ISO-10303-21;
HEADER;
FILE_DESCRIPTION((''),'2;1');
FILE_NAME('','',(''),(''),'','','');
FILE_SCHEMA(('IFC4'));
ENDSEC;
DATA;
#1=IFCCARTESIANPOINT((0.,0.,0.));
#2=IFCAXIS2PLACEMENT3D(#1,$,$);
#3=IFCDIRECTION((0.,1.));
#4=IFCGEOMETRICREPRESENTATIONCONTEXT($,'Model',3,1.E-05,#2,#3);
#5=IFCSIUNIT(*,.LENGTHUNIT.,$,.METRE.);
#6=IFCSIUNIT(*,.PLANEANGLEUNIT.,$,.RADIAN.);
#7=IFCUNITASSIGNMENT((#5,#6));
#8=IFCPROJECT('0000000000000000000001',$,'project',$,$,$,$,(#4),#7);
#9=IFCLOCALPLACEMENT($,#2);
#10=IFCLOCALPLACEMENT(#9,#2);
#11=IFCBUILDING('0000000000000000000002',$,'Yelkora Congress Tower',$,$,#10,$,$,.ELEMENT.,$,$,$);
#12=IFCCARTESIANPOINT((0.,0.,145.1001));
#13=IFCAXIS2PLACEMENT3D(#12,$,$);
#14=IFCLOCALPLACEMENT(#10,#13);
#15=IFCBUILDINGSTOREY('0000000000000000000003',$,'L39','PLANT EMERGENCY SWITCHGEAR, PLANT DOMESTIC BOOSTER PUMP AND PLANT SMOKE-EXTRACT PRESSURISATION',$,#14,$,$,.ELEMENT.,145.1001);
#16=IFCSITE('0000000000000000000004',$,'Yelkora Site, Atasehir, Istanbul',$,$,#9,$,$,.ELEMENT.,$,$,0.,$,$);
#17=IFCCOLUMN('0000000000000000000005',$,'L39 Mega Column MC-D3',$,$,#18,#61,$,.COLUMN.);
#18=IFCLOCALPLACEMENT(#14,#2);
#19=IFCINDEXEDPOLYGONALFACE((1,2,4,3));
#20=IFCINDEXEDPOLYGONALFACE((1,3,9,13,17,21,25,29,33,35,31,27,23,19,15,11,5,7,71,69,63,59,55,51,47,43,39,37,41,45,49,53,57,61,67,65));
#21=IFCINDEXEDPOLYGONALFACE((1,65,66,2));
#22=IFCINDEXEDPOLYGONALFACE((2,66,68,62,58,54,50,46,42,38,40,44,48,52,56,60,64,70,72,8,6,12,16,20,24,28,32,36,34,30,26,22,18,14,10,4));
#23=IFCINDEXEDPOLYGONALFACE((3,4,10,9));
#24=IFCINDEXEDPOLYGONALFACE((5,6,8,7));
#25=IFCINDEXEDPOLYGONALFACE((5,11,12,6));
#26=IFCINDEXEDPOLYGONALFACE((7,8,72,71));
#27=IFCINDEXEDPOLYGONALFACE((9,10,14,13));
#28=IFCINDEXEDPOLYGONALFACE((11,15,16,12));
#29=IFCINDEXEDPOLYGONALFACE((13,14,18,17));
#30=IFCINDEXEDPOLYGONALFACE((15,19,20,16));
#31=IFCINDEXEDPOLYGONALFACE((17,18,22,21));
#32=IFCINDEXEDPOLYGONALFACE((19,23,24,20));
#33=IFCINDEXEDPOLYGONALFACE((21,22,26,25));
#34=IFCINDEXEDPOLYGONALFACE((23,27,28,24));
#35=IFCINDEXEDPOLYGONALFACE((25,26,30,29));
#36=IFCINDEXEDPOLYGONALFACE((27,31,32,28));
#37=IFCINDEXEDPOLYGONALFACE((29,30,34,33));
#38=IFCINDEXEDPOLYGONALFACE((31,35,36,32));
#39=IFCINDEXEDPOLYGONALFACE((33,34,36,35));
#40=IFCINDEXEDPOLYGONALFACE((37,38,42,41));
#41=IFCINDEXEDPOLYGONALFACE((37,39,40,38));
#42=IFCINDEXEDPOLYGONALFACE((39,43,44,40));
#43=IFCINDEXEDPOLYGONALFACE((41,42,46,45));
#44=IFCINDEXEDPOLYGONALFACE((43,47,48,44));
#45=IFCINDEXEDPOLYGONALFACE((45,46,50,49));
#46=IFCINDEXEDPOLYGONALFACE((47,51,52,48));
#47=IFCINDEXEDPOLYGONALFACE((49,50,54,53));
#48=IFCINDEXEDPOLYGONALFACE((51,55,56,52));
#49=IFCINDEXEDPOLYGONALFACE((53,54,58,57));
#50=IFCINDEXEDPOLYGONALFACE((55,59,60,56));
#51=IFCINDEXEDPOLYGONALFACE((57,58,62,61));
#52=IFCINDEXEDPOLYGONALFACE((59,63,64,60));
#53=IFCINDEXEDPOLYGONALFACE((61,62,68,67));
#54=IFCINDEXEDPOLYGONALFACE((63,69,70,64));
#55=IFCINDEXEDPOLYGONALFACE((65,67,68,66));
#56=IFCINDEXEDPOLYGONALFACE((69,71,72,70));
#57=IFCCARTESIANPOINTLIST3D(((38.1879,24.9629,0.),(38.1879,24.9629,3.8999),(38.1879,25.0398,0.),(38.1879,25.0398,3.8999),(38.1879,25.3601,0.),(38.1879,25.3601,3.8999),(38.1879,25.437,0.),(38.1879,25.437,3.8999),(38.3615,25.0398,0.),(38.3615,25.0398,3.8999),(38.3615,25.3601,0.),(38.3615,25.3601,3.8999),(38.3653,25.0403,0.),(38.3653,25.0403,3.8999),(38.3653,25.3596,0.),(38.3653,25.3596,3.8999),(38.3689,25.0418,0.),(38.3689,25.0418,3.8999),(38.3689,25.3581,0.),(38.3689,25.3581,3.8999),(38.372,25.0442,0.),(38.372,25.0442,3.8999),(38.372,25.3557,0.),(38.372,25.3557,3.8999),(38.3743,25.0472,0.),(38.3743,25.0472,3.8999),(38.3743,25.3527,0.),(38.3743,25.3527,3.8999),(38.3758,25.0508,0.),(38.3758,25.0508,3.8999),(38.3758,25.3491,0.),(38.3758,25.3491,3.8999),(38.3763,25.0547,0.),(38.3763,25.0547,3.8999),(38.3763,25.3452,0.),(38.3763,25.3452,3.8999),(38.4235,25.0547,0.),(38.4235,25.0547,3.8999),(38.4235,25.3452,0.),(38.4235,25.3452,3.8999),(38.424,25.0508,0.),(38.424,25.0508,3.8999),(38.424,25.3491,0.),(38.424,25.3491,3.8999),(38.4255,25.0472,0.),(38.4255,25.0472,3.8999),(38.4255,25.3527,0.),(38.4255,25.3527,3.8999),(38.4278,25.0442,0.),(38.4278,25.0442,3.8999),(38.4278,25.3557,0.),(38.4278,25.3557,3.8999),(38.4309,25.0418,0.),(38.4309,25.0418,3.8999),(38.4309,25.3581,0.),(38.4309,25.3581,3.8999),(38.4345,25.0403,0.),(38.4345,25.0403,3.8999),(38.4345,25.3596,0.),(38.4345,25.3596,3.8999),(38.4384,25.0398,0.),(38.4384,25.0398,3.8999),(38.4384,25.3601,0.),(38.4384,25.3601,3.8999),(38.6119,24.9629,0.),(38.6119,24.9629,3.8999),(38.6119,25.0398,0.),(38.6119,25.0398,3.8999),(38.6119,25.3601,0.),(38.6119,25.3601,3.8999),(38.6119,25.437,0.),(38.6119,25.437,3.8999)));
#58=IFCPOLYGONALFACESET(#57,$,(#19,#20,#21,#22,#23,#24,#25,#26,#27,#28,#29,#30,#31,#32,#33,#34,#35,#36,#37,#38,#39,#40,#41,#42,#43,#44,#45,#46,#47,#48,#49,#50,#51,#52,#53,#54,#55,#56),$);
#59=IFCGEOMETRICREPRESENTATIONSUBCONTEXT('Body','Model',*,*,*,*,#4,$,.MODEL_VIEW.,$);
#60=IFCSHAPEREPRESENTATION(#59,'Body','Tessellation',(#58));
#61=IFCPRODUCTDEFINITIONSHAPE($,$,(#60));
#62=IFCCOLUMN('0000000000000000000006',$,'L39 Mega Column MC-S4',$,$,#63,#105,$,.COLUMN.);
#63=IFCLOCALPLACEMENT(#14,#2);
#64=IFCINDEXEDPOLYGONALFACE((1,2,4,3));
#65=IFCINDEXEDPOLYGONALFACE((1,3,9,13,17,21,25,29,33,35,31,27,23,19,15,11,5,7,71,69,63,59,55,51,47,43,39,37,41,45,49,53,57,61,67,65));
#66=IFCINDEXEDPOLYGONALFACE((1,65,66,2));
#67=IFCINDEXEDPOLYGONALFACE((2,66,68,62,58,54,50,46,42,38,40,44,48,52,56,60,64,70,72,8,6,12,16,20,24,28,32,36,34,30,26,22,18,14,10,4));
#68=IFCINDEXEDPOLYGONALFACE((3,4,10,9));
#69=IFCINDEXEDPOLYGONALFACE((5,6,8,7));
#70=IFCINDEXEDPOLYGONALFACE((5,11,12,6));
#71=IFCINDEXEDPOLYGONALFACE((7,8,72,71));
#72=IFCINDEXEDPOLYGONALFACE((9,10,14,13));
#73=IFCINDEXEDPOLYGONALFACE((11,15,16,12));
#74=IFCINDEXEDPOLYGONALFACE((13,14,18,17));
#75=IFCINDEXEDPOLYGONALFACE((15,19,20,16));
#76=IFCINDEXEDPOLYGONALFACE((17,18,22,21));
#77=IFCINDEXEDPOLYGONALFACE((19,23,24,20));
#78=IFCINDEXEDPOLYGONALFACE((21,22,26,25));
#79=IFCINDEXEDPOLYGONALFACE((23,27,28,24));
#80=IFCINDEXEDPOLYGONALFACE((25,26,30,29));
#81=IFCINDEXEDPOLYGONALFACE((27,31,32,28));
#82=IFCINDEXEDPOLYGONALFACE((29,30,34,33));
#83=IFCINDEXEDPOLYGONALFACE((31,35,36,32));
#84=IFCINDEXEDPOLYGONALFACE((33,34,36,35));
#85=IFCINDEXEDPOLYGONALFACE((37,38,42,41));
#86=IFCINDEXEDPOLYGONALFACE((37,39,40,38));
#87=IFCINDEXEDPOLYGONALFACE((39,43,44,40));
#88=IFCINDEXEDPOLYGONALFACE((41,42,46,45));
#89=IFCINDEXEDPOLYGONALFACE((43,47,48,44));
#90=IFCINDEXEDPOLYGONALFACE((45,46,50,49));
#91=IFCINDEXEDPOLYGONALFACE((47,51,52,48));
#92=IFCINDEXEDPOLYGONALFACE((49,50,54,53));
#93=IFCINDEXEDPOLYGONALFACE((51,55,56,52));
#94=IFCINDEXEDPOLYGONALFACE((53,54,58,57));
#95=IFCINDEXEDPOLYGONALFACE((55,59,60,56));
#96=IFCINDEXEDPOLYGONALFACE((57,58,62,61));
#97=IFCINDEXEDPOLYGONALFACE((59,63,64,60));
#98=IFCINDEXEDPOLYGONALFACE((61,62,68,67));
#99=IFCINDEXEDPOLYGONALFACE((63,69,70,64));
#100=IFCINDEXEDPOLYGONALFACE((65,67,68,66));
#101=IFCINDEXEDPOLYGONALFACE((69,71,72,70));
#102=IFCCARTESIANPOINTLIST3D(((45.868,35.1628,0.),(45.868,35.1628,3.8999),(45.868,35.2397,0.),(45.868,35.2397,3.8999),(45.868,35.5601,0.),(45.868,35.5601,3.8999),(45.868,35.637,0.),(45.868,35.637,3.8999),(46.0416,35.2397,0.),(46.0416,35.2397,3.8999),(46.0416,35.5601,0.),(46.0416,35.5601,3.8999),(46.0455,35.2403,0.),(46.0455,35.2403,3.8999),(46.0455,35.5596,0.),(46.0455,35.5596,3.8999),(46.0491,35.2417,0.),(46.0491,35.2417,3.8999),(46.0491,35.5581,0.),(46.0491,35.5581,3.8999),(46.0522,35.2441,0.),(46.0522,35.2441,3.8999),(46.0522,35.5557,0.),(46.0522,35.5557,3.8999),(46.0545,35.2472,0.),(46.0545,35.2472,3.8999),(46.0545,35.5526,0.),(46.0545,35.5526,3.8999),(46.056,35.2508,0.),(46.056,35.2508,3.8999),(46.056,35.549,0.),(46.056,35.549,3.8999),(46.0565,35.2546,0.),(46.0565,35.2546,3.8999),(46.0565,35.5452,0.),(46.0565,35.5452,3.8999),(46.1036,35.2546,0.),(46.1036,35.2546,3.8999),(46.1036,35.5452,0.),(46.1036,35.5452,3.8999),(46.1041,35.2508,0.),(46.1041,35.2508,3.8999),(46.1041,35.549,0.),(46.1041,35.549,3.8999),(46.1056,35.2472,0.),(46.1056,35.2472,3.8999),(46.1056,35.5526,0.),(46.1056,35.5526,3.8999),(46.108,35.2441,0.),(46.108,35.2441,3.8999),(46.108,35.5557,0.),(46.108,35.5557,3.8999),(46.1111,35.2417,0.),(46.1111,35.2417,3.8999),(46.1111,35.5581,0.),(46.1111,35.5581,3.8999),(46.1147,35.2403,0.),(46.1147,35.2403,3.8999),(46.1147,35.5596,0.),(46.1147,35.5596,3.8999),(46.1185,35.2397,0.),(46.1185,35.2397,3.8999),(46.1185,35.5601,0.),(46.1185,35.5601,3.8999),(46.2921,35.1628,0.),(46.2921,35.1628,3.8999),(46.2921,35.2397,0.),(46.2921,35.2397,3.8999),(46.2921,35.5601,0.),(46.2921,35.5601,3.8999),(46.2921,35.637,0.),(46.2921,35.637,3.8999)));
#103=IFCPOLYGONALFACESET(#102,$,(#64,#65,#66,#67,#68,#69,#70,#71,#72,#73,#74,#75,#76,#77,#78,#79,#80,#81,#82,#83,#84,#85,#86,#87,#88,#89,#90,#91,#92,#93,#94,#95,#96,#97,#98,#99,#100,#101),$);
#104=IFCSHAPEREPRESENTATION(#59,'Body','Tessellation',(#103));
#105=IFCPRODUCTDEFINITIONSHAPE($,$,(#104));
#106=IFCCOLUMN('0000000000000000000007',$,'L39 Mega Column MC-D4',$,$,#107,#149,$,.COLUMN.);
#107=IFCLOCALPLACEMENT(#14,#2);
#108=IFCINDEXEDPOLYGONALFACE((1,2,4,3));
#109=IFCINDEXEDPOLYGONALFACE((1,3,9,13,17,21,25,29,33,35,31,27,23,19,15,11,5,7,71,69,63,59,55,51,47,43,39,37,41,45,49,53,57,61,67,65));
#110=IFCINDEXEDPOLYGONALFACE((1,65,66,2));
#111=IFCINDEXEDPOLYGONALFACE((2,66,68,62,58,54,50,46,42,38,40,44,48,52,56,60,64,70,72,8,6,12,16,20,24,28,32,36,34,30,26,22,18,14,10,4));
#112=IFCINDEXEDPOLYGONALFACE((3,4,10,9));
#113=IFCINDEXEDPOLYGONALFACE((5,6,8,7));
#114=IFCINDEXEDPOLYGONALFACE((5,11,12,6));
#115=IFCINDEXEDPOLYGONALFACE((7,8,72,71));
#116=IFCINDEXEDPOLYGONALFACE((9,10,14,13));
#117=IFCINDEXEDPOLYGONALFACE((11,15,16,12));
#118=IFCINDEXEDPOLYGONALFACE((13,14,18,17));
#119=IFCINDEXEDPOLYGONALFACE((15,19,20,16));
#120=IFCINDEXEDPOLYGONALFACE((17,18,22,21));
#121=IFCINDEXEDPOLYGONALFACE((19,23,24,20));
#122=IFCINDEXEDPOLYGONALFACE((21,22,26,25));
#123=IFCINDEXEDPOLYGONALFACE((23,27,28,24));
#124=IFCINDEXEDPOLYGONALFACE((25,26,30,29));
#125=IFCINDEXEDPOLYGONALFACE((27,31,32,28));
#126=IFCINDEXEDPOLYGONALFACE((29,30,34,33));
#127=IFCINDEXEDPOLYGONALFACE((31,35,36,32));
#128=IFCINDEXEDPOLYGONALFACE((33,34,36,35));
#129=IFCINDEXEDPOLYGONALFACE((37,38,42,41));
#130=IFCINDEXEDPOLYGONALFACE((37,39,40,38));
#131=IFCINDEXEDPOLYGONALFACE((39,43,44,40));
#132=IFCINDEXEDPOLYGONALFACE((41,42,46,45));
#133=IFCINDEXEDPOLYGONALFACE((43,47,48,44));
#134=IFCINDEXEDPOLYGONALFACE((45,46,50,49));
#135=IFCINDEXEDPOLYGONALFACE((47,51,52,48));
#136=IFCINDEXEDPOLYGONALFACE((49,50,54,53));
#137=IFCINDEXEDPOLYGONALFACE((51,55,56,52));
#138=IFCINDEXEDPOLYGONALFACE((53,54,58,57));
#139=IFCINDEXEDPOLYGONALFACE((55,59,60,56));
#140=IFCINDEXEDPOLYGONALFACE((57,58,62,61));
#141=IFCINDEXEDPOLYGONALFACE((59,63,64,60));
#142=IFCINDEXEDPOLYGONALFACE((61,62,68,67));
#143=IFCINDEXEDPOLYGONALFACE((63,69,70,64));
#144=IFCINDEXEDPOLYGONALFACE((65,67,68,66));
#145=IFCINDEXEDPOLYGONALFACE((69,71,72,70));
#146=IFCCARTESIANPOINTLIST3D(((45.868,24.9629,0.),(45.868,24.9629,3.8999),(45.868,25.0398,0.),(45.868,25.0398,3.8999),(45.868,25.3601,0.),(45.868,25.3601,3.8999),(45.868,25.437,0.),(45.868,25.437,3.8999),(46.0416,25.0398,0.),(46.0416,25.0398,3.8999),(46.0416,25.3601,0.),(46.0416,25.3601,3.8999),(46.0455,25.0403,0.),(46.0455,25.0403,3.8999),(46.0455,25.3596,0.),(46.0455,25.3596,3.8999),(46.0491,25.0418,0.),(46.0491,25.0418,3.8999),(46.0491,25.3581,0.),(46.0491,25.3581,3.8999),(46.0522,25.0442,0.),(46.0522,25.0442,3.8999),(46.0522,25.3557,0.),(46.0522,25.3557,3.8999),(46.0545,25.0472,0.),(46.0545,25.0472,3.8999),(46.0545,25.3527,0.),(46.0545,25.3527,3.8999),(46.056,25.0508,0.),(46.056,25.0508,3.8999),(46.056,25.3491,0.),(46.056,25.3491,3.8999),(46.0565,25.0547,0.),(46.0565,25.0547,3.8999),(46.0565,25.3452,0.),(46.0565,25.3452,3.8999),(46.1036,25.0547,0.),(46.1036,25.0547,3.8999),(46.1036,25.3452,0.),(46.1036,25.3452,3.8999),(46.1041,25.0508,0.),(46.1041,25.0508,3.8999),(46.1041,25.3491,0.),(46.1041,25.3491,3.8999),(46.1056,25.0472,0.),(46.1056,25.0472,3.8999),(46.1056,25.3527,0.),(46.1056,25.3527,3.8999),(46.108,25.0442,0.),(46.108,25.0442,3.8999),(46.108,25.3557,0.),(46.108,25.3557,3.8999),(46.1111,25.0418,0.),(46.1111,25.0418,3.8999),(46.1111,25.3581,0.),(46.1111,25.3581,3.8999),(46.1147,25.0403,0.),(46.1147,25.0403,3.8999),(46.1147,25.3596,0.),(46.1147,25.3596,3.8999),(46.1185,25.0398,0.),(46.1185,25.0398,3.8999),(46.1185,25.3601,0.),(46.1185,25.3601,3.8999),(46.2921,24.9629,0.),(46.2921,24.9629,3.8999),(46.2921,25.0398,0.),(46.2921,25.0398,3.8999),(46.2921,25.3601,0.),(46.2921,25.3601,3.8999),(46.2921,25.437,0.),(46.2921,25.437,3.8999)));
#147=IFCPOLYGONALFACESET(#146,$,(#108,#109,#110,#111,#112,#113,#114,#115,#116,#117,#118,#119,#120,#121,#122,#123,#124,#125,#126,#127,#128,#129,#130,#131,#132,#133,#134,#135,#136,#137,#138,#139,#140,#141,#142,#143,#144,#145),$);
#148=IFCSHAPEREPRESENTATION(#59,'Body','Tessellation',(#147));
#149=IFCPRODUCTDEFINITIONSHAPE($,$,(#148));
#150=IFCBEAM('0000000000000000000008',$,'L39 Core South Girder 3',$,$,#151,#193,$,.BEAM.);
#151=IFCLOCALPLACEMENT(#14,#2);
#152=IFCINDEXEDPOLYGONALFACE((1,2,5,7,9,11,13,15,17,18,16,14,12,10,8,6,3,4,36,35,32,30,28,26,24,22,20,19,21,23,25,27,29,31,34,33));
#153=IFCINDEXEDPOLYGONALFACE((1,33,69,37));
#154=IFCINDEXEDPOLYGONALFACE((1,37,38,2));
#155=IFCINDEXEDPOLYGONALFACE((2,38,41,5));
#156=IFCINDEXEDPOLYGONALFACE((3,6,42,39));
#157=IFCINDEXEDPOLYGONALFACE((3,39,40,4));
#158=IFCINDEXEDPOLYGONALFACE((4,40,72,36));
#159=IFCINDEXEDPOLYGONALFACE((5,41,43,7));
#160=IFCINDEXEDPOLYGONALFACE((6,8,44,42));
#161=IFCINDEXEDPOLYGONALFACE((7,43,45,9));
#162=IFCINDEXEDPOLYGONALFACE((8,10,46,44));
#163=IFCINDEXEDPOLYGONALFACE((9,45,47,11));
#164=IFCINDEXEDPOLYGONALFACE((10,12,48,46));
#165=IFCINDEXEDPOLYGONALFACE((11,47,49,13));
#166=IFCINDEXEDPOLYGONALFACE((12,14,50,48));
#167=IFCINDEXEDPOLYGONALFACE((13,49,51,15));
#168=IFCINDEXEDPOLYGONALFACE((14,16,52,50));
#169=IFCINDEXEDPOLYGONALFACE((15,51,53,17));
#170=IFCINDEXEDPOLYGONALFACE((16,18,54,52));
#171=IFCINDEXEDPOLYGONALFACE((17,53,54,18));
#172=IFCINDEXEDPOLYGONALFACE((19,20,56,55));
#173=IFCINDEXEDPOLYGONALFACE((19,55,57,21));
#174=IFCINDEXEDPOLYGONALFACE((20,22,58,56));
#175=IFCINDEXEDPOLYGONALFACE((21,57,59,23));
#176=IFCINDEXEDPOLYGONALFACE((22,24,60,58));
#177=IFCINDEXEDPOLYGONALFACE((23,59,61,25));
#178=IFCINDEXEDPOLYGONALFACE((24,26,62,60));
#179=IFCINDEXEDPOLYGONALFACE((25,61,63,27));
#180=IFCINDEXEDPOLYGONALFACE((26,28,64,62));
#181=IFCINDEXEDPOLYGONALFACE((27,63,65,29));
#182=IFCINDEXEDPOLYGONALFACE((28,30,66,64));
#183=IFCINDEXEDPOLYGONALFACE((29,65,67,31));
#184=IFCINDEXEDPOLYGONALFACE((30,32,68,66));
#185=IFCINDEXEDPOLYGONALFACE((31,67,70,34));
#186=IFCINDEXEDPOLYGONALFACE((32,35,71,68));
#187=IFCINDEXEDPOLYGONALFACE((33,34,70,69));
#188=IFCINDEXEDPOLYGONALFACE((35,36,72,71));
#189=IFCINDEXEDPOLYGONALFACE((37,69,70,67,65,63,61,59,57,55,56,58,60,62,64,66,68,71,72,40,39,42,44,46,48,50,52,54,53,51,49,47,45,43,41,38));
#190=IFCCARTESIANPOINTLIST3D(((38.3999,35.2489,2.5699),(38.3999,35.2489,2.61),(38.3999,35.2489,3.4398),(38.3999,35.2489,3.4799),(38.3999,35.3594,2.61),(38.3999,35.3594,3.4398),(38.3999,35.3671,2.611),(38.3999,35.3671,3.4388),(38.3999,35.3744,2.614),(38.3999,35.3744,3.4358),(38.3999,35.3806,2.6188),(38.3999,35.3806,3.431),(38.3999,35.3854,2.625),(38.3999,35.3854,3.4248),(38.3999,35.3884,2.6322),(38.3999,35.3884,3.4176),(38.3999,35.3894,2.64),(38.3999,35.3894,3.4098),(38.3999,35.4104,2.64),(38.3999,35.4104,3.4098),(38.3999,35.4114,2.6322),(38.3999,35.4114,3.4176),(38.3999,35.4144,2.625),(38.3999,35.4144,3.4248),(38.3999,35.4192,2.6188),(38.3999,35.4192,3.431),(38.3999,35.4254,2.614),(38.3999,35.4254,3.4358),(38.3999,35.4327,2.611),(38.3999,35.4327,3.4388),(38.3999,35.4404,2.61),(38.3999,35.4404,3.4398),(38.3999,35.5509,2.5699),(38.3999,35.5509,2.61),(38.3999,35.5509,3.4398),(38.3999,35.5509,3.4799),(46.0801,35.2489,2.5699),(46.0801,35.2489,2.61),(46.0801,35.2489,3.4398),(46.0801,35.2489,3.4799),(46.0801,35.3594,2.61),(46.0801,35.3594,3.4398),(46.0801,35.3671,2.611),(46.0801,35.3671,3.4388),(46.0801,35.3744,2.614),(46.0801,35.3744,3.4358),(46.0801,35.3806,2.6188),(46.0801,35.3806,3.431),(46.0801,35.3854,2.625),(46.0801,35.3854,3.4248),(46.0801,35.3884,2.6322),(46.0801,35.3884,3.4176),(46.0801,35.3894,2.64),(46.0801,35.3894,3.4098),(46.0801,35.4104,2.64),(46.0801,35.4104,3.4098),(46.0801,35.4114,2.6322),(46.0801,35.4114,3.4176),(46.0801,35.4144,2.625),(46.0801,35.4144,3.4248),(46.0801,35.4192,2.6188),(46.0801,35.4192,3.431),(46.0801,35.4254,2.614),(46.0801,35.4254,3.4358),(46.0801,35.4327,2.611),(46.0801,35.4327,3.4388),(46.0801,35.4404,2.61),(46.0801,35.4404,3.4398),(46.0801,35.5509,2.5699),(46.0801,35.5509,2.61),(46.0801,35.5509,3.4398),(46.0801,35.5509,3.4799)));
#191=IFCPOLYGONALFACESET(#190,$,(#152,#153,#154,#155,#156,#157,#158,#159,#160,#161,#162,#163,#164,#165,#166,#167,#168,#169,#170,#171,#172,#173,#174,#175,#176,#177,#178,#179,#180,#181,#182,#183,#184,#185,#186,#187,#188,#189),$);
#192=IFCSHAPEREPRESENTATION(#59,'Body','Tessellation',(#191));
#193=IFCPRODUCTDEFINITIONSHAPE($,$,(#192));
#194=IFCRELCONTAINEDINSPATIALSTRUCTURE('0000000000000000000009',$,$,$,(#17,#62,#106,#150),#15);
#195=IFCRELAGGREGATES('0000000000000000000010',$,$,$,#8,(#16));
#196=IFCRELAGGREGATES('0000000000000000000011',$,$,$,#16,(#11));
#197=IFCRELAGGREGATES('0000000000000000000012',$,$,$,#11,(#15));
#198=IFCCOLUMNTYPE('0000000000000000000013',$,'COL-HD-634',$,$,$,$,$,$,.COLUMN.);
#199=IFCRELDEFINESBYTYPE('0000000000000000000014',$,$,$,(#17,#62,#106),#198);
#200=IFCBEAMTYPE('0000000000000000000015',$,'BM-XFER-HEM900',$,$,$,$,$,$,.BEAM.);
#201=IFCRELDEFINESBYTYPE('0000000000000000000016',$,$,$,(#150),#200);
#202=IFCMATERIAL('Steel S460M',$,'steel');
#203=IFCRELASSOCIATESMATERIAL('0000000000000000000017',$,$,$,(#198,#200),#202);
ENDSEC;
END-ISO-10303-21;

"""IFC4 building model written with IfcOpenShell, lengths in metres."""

from ifc_helpers import new_model, si_unit, direction, frame, origin, origin_2d, place, context, subcontext, project, spatial, i_section, extrude, material, material_profile, profile_set, type_object, element, save


model = new_model("IFC4")

# Units and contexts
model_context = context("Model", 3, precision=1e-05, world=origin(), true_north=direction((0.0, 1.0)))
body_context = subcontext(model_context, "Body", "Model", "MODEL_VIEW")
ifc_project = project(units=[si_unit("LENGTHUNIT", "METRE"), si_unit("PLANEANGLEUNIT", "RADIAN")], contexts=[model_context])

# Site, building, storey
site_placement = place(None, origin())
site = spatial("IfcSite", under=ifc_project, at=site_placement, Name="Yelkora Site, Atasehir, Istanbul", CompositionType="ELEMENT", RefElevation=0.0)
building_placement = place(site_placement, origin())
building = spatial("IfcBuilding", under=site, at=building_placement, Name="Yelkora Congress Tower", CompositionType="ELEMENT")
storey_placement = place(building_placement, frame((0.0, 0.0, 145.1001)))
storey = spatial("IfcBuildingStorey", under=building, at=storey_placement, Name="L39", Description="PLANT EMERGENCY SWITCHGEAR, PLANT DOMESTIC BOOSTER PUMP AND PLANT SMOKE-EXTRACT PRESSURISATION", CompositionType="ELEMENT", Elevation=145.1001)

# Columns
ifc_material_1 = material(Name="Steel S460M", Category="steel")
ifc_material_profile_1 = material_profile(ifc_material_1, i_section(OverallWidth=0.4241, OverallDepth=0.4741, WebThickness=0.0471, FlangeThickness=0.0769, FilletRadius=0.0149, at=origin_2d()), Name="HD 400x634")
ifc_profile_set_1 = profile_set([ifc_material_profile_1], Name="Steel S460M")
column_type = type_object("IfcColumnType", Name="COL-HD-634", PredefinedType="COLUMN", material=ifc_profile_set_1)
for number, where, z_axis, x_axis, name in (
    (1, (38.3999, 25.2, 0.0), (0.0, 0.0, 1.0), (1.0, 0.0, 0.0), "L39 Mega Column MC-D3"),
    (2, (46.0801, 35.3999, 0.0), (0.0, 0.0, 1.0), (1.0, 0.0, 0.0), "L39 Mega Column MC-S4"),
    (3, (46.0801, 25.2, 0.0), (0.0, 0.0, 1.0), (1.0, 0.0, 0.0), "L39 Mega Column MC-D4"),
):
    element("IfcColumn", number, at=place(storey_placement, frame(where, z_axis=z_axis, x_axis=x_axis)), inside=storey, type_object=column_type, Name=name, PredefinedType="COLUMN", context=body_context, shape_type="SweptSolid", body=[
        extrude(i_section(OverallWidth=0.4241, OverallDepth=0.4741, WebThickness=0.0471, FlangeThickness=0.0769, FilletRadius=0.0149, at=origin_2d()), origin(), (0.0, 0.0, 1.0), 3.8999),
    ])

# Beam
ifc_material_profile_2 = material_profile(ifc_material_1, i_section(OverallWidth=0.302, OverallDepth=0.9099, WebThickness=0.021, FlangeThickness=0.04, FilletRadius=0.03, at=origin_2d()), Name="HEM 900")
ifc_profile_set_2 = profile_set([ifc_material_profile_2], Name="Steel S460M")
beam_type_1 = type_object("IfcBeamType", Name="BM-XFER-HEM900", PredefinedType="BEAM", material=ifc_profile_set_2)
beam_1_placement = place(storey_placement, frame((38.3999, 35.3999, 3.0249), z_axis=(1.0, 0.0, 0.0), x_axis=(0.0, 1.0, 0.0)))
element("IfcBeam", 4, at=beam_1_placement, inside=storey, type_object=beam_type_1, Name="L39 Core South Girder 3", PredefinedType="BEAM", context=body_context, shape_type="SweptSolid", body=[
    extrude(i_section(OverallWidth=0.302, OverallDepth=0.9099, WebThickness=0.021, FlangeThickness=0.04, FilletRadius=0.03, at=origin_2d()), origin(), (0.0, 0.0, 1.0), 7.6802),
])

save(model, "model.ifc")
